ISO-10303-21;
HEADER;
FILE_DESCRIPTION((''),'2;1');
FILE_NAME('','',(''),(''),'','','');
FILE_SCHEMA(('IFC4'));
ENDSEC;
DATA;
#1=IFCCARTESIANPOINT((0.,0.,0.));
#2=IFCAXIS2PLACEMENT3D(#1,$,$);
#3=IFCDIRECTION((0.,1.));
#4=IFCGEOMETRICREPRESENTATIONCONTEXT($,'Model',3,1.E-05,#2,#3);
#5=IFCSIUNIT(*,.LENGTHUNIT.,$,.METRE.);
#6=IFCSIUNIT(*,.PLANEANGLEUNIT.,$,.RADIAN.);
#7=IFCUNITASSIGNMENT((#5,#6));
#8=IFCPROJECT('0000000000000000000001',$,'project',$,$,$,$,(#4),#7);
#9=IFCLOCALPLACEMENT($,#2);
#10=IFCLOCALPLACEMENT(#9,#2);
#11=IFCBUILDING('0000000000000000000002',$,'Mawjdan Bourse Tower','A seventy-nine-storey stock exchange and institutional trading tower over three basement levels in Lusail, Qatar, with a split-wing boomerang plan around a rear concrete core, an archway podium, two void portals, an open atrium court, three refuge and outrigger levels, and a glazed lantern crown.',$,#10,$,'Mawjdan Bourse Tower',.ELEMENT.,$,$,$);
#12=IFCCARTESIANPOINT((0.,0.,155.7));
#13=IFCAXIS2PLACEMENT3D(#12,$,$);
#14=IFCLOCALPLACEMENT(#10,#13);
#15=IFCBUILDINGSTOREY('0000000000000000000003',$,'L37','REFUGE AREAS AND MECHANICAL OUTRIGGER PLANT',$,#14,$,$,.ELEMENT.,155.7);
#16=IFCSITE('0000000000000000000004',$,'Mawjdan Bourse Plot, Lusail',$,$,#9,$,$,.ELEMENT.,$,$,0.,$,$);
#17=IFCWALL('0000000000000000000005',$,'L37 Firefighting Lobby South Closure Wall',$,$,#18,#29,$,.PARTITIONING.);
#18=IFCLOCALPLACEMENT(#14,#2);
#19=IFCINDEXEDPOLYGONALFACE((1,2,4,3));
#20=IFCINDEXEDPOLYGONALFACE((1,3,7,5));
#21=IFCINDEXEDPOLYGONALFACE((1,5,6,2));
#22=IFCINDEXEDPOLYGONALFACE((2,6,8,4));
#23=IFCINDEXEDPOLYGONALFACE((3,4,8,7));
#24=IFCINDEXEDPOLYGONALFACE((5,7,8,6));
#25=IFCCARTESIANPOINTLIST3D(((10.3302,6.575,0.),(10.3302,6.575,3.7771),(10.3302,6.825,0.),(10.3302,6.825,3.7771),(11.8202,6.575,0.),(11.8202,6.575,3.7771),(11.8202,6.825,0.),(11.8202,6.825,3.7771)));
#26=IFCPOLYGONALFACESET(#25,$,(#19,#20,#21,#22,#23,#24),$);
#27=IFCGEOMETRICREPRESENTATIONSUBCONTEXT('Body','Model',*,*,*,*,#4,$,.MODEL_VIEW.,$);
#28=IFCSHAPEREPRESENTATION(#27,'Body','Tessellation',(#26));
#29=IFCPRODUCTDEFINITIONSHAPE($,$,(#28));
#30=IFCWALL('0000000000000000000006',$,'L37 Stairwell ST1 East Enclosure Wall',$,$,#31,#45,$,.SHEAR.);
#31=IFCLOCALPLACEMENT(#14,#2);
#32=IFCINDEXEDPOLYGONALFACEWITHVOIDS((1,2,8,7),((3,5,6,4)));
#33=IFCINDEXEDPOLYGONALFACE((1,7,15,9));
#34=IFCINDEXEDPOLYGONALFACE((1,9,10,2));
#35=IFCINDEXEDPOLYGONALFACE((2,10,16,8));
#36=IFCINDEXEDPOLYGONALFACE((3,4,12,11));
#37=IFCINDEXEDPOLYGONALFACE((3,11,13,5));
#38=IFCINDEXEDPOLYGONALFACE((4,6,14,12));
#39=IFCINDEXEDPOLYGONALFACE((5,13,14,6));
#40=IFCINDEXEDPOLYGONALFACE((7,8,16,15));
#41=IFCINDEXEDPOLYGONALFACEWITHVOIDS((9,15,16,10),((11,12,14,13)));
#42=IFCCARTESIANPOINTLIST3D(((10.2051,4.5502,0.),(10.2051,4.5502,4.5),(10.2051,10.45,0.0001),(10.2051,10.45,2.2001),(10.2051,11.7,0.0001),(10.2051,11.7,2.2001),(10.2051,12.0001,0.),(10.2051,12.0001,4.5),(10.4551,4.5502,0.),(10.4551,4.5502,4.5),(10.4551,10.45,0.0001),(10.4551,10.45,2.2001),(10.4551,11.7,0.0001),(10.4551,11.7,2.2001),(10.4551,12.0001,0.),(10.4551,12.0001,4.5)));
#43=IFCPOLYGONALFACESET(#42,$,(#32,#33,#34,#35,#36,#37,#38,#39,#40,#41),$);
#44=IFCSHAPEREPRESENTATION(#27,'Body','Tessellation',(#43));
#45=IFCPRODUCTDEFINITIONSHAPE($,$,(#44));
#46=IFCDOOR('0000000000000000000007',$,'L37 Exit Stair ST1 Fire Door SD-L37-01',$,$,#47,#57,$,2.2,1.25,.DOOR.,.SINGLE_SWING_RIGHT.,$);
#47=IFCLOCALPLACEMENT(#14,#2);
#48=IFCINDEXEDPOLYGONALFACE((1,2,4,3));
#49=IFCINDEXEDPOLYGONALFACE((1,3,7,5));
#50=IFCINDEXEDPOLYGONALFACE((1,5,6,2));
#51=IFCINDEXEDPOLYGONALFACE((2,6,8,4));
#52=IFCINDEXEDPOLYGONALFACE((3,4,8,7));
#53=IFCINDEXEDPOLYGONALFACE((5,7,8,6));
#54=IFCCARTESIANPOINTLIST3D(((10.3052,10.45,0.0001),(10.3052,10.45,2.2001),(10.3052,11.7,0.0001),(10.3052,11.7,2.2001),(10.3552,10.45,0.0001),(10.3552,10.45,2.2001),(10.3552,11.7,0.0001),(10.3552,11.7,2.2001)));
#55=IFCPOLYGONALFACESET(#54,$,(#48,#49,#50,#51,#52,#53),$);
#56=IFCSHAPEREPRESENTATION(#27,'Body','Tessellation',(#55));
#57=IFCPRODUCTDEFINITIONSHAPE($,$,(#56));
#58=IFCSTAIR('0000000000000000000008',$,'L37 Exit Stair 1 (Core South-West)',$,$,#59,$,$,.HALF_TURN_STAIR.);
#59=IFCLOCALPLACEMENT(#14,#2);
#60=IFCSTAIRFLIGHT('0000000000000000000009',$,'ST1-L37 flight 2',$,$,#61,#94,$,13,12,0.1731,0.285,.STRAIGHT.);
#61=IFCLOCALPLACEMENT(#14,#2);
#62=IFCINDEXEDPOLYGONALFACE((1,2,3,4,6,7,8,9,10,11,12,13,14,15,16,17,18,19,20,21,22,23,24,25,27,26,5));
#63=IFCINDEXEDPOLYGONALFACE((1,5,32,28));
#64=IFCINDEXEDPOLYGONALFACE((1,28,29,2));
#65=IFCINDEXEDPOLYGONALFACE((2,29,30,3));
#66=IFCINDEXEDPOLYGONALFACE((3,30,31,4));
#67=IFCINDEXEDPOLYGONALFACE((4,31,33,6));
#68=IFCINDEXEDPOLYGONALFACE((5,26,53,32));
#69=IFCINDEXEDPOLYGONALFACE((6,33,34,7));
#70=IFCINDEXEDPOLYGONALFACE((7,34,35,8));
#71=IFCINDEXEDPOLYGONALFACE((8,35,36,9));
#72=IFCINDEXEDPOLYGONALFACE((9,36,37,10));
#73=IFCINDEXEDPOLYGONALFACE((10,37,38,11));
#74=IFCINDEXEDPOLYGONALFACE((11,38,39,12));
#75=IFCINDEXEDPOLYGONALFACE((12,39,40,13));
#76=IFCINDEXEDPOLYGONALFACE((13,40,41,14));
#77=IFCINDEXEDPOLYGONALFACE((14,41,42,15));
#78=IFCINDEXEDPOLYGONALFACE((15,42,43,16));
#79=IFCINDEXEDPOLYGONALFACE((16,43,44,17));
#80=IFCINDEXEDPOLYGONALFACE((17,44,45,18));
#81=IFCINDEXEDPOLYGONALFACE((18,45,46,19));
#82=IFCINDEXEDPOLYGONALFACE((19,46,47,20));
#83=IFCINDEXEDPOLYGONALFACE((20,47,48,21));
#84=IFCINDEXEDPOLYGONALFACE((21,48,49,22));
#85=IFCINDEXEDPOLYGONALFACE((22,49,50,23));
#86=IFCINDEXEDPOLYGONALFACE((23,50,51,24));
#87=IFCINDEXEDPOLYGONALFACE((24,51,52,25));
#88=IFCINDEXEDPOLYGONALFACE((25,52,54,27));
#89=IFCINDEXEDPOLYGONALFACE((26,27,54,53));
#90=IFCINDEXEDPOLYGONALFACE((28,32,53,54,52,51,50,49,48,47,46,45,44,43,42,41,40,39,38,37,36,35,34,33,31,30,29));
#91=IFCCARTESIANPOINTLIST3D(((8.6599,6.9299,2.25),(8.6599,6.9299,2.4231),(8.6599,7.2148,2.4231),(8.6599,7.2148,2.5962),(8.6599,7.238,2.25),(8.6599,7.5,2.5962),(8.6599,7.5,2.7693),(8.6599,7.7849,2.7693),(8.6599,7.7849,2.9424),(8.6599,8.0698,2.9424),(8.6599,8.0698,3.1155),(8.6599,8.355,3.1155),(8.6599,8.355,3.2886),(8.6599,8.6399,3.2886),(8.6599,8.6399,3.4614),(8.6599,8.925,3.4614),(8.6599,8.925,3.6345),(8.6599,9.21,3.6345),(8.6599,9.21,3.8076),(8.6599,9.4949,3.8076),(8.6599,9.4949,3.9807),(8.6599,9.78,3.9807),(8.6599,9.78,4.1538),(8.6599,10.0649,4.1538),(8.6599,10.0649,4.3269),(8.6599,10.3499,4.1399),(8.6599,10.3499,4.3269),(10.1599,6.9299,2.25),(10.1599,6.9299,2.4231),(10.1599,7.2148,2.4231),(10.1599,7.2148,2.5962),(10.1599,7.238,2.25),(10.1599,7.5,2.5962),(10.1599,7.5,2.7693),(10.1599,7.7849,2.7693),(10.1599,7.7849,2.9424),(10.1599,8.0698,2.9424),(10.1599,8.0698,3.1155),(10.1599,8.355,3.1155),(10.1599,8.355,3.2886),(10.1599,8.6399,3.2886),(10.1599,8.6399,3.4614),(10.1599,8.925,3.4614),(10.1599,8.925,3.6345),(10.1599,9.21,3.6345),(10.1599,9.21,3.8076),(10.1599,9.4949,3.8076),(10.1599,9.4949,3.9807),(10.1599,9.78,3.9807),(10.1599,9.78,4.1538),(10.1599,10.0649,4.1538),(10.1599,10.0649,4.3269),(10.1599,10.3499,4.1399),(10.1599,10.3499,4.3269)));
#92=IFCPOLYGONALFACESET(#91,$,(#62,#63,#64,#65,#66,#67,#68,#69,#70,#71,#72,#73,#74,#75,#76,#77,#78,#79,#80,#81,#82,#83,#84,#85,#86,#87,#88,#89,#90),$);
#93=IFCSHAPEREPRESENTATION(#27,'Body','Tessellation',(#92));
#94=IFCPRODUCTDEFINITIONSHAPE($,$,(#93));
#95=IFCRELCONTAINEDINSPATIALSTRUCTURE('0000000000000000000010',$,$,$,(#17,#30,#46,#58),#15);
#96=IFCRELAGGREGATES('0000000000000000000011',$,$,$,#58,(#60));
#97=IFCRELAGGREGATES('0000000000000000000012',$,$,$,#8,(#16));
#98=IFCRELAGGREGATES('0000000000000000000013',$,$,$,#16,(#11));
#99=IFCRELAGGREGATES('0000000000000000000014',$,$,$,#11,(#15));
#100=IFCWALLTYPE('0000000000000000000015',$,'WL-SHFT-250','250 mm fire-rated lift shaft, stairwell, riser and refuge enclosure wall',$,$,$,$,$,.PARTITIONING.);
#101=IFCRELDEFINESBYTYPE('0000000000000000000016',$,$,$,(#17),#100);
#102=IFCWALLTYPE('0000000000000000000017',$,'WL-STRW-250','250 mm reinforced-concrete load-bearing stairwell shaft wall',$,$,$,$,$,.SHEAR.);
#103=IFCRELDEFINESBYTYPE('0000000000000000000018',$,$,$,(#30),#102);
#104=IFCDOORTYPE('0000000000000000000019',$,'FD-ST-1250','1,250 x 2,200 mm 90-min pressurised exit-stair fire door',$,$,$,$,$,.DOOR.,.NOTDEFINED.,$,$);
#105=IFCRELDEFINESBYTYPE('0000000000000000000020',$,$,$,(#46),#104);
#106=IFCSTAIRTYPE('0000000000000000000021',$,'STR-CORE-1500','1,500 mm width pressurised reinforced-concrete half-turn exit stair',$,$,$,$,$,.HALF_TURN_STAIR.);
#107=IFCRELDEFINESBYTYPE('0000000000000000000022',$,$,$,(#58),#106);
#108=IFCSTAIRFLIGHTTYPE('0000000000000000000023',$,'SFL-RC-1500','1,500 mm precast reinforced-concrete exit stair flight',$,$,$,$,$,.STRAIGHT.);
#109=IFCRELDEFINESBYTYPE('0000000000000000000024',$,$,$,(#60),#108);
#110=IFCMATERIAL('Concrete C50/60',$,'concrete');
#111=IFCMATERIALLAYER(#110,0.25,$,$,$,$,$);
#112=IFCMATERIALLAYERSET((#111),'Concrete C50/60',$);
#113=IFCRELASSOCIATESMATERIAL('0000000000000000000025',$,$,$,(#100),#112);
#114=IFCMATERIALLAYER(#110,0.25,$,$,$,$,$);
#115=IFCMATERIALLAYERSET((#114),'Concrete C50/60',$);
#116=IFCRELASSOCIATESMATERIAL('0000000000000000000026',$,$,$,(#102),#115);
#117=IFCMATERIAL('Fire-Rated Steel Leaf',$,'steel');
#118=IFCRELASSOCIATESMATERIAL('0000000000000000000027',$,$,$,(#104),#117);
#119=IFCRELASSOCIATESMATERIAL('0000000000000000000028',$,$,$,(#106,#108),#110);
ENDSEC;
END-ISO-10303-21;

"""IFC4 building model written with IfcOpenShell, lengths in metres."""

from ifc_helpers import new_model, si_unit, direction, frame, frame_2d, origin, place, context, subcontext, project, spatial, polyline, rectangle, outline, extrude, material, layer, layer_set, type_object, element, fill, aggregate, save


model = new_model("IFC4")

# Units and contexts
model_context = context("Model", 3, precision=1e-05, world=origin(), true_north=direction((0.0, 1.0)))
body_context = subcontext(model_context, "Body", "Model", "MODEL_VIEW")
ifc_project = project(units=[si_unit("LENGTHUNIT", "METRE"), si_unit("PLANEANGLEUNIT", "RADIAN")], contexts=[model_context])

# Site, building, storey
site_placement = place(None, origin())
site = spatial("IfcSite", under=ifc_project, at=site_placement, Name="Mawjdan Bourse Plot, Lusail", CompositionType="ELEMENT", RefElevation=0.0)
building_placement = place(site_placement, origin())
building = spatial("IfcBuilding", under=site, at=building_placement, Name="Mawjdan Bourse Tower", Description="A seventy-nine-storey stock exchange and institutional trading tower over three basement levels in Lusail, Qatar, with a split-wing boomerang plan around a rear concrete core, an archway podium, two void portals, an open atrium court, three refuge and outrigger levels, and a glazed lantern crown.", LongName="Mawjdan Bourse Tower", CompositionType="ELEMENT")
storey_placement = place(building_placement, frame((0.0, 0.0, 155.7)))
storey = spatial("IfcBuildingStorey", under=building, at=storey_placement, Name="L37", Description="REFUGE AREAS AND MECHANICAL OUTRIGGER PLANT", CompositionType="ELEMENT", Elevation=155.7)

# Shared definitions
ifc_material_1 = material(Name="Concrete C50/60", Category="concrete")
ifc_layer_1 = layer(ifc_material_1, 0.25)
ifc_layer_set_1 = layer_set([ifc_layer_1], Name="Concrete C50/60")
wall_type_1 = type_object("IfcWallType", Name="WL-SHFT-250", Description="250 mm fire-rated lift shaft, stairwell, riser and refuge enclosure wall", PredefinedType="PARTITIONING", material=ifc_layer_set_1)

# Shared definitions
ifc_material_2 = material(Name="Fire-Rated Steel Leaf", Category="steel")

# Wall
wall_1_placement = place(storey_placement, frame((10.3301, 6.7, 0.0), z_axis=(0.0, 0.0, 1.0), x_axis=(1.0, 0.0, 0.0)))
element("IfcWall", 1, at=wall_1_placement, inside=storey, type_object=wall_type_1, Name="L37 Firefighting Lobby South Closure Wall", PredefinedType="PARTITIONING", context=body_context, shape_type="SweptSolid", body=[
    extrude(rectangle(XDim=1.49, YDim=0.25, at=frame_2d((0.7451, 0.0))), origin(), (0.0, 0.0, 1.0), 3.7771),
])

# Wall, opening, door
ifc_layer_2 = layer(ifc_material_1, 0.25)
ifc_layer_set_2 = layer_set([ifc_layer_2], Name="Concrete C50/60")
wall_type_2 = type_object("IfcWallType", Name="WL-STRW-250", Description="250 mm reinforced-concrete load-bearing stairwell shaft wall", PredefinedType="SHEAR", material=ifc_layer_set_2)
wall_2_placement = place(storey_placement, frame((10.3301, 4.55, 0.0), z_axis=(0.0, 0.0, 1.0), x_axis=(0.0, 1.0, 0.0)))
wall_2 = element("IfcWall", 2, at=wall_2_placement, inside=storey, type_object=wall_type_2, Name="L37 Stairwell ST1 East Enclosure Wall", PredefinedType="SHEAR", context=body_context, shape_type="SweptSolid", body=[
    extrude(rectangle(XDim=7.45, YDim=0.25, at=frame_2d((3.7251, 0.0))), origin(), (0.0, 0.0, 1.0), 4.5),
])
opening_1_placement = place(wall_2_placement, frame((5.8999, 0.0, 0.0)))
opening_1 = element("IfcOpeningElement", 3, at=opening_1_placement, cuts=wall_2, PredefinedType="OPENING", context=body_context, shape_type="SweptSolid", body=[
    extrude(rectangle(XDim=1.25, YDim=2.2, at=frame_2d((0.625, 1.1001))), frame((0.0, 0.135, 0.0), z_axis=(0.0, -1.0, 0.0), x_axis=(1.0, 0.0, 0.0)), (0.0, 0.0, 1.0), 0.27),
])
door_type_1 = type_object("IfcDoorType", Name="FD-ST-1250", Description="1,250 x 2,200 mm 90-min pressurised exit-stair fire door", OperationType="NOTDEFINED", PredefinedType="DOOR", material=ifc_material_2)
door_1_placement = place(opening_1_placement, origin())
door_1 = element("IfcDoor", 4, at=door_1_placement, inside=storey, type_object=door_type_1, Name="L37 Exit Stair ST1 Fire Door SD-L37-01", OperationType="SINGLE_SWING_RIGHT", OverallHeight=2.2, OverallWidth=1.25, PredefinedType="DOOR", context=body_context, shape_type="SweptSolid", body=[
    extrude(rectangle(XDim=1.25, YDim=2.2, at=frame_2d((0.625, 1.1001))), frame((0.0, 0.0249, 0.0), z_axis=(0.0, -1.0, 0.0), x_axis=(1.0, 0.0, 0.0)), (0.0, 0.0, 1.0), 0.05),
])
fill(opening_1, door_1)

# Stair, stair flight
stair_type = type_object("IfcStairType", Name="STR-CORE-1500", Description="1,500 mm width pressurised reinforced-concrete half-turn exit stair", PredefinedType="HALF_TURN_STAIR", material=ifc_material_1)
stair_placement = place(storey_placement, origin())
stair = element("IfcStair", 5, at=stair_placement, inside=storey, type_object=stair_type, Name="L37 Exit Stair 1 (Core South-West)", PredefinedType="HALF_TURN_STAIR")
stair_flight_type = type_object("IfcStairFlightType", Name="SFL-RC-1500", Description="1,500 mm precast reinforced-concrete exit stair flight", PredefinedType="STRAIGHT", material=ifc_material_1)
stair_flight_placement = place(storey_placement, frame((9.4099, 6.9299, 2.25), z_axis=(0.0, 0.0, 1.0), x_axis=(0.0, 1.0, 0.0)))
stair_flight = element("IfcStairFlight", 6, at=stair_flight_placement, type_object=stair_flight_type, Name="ST1-L37 flight 2", NumberOfRisers=13, NumberOfTreads=12, PredefinedType="STRAIGHT", RiserHeight=0.1731, TreadLength=0.285, context=body_context, shape_type="SweptSolid", body=[
    extrude(outline(polyline([(0.0, 0.0), (0.0, 0.1731), (0.2849, 0.1731), (0.2849, 0.3462), (0.5701, 0.3462), (0.5701, 0.5193), (0.855, 0.5193), (0.855, 0.6924), (1.1399, 0.6924), (1.1399, 0.8655), (1.425, 0.8655), (1.425, 1.0386), (1.71, 1.0386), (1.71, 1.2114), (1.9951, 1.2114), (1.9951, 1.3845), (2.28, 1.3845), (2.28, 1.5576), (2.5649, 1.5576), (2.5649, 1.7307), (2.8501, 1.7307), (2.8501, 1.9038), (3.135, 1.9038), (3.135, 2.0769), (3.4199, 2.0769), (3.4199, 2.25), (3.4199, 1.8899), (0.3081, 0.0), (0.0, 0.0)])), frame((0.0, 0.75, 0.0), z_axis=(0.0, -1.0, 0.0), x_axis=(1.0, 0.0, 0.0)), (0.0, 0.0, 1.0), 1.5),
])
aggregate(stair, [stair_flight])

save(model, "model.ifc")
